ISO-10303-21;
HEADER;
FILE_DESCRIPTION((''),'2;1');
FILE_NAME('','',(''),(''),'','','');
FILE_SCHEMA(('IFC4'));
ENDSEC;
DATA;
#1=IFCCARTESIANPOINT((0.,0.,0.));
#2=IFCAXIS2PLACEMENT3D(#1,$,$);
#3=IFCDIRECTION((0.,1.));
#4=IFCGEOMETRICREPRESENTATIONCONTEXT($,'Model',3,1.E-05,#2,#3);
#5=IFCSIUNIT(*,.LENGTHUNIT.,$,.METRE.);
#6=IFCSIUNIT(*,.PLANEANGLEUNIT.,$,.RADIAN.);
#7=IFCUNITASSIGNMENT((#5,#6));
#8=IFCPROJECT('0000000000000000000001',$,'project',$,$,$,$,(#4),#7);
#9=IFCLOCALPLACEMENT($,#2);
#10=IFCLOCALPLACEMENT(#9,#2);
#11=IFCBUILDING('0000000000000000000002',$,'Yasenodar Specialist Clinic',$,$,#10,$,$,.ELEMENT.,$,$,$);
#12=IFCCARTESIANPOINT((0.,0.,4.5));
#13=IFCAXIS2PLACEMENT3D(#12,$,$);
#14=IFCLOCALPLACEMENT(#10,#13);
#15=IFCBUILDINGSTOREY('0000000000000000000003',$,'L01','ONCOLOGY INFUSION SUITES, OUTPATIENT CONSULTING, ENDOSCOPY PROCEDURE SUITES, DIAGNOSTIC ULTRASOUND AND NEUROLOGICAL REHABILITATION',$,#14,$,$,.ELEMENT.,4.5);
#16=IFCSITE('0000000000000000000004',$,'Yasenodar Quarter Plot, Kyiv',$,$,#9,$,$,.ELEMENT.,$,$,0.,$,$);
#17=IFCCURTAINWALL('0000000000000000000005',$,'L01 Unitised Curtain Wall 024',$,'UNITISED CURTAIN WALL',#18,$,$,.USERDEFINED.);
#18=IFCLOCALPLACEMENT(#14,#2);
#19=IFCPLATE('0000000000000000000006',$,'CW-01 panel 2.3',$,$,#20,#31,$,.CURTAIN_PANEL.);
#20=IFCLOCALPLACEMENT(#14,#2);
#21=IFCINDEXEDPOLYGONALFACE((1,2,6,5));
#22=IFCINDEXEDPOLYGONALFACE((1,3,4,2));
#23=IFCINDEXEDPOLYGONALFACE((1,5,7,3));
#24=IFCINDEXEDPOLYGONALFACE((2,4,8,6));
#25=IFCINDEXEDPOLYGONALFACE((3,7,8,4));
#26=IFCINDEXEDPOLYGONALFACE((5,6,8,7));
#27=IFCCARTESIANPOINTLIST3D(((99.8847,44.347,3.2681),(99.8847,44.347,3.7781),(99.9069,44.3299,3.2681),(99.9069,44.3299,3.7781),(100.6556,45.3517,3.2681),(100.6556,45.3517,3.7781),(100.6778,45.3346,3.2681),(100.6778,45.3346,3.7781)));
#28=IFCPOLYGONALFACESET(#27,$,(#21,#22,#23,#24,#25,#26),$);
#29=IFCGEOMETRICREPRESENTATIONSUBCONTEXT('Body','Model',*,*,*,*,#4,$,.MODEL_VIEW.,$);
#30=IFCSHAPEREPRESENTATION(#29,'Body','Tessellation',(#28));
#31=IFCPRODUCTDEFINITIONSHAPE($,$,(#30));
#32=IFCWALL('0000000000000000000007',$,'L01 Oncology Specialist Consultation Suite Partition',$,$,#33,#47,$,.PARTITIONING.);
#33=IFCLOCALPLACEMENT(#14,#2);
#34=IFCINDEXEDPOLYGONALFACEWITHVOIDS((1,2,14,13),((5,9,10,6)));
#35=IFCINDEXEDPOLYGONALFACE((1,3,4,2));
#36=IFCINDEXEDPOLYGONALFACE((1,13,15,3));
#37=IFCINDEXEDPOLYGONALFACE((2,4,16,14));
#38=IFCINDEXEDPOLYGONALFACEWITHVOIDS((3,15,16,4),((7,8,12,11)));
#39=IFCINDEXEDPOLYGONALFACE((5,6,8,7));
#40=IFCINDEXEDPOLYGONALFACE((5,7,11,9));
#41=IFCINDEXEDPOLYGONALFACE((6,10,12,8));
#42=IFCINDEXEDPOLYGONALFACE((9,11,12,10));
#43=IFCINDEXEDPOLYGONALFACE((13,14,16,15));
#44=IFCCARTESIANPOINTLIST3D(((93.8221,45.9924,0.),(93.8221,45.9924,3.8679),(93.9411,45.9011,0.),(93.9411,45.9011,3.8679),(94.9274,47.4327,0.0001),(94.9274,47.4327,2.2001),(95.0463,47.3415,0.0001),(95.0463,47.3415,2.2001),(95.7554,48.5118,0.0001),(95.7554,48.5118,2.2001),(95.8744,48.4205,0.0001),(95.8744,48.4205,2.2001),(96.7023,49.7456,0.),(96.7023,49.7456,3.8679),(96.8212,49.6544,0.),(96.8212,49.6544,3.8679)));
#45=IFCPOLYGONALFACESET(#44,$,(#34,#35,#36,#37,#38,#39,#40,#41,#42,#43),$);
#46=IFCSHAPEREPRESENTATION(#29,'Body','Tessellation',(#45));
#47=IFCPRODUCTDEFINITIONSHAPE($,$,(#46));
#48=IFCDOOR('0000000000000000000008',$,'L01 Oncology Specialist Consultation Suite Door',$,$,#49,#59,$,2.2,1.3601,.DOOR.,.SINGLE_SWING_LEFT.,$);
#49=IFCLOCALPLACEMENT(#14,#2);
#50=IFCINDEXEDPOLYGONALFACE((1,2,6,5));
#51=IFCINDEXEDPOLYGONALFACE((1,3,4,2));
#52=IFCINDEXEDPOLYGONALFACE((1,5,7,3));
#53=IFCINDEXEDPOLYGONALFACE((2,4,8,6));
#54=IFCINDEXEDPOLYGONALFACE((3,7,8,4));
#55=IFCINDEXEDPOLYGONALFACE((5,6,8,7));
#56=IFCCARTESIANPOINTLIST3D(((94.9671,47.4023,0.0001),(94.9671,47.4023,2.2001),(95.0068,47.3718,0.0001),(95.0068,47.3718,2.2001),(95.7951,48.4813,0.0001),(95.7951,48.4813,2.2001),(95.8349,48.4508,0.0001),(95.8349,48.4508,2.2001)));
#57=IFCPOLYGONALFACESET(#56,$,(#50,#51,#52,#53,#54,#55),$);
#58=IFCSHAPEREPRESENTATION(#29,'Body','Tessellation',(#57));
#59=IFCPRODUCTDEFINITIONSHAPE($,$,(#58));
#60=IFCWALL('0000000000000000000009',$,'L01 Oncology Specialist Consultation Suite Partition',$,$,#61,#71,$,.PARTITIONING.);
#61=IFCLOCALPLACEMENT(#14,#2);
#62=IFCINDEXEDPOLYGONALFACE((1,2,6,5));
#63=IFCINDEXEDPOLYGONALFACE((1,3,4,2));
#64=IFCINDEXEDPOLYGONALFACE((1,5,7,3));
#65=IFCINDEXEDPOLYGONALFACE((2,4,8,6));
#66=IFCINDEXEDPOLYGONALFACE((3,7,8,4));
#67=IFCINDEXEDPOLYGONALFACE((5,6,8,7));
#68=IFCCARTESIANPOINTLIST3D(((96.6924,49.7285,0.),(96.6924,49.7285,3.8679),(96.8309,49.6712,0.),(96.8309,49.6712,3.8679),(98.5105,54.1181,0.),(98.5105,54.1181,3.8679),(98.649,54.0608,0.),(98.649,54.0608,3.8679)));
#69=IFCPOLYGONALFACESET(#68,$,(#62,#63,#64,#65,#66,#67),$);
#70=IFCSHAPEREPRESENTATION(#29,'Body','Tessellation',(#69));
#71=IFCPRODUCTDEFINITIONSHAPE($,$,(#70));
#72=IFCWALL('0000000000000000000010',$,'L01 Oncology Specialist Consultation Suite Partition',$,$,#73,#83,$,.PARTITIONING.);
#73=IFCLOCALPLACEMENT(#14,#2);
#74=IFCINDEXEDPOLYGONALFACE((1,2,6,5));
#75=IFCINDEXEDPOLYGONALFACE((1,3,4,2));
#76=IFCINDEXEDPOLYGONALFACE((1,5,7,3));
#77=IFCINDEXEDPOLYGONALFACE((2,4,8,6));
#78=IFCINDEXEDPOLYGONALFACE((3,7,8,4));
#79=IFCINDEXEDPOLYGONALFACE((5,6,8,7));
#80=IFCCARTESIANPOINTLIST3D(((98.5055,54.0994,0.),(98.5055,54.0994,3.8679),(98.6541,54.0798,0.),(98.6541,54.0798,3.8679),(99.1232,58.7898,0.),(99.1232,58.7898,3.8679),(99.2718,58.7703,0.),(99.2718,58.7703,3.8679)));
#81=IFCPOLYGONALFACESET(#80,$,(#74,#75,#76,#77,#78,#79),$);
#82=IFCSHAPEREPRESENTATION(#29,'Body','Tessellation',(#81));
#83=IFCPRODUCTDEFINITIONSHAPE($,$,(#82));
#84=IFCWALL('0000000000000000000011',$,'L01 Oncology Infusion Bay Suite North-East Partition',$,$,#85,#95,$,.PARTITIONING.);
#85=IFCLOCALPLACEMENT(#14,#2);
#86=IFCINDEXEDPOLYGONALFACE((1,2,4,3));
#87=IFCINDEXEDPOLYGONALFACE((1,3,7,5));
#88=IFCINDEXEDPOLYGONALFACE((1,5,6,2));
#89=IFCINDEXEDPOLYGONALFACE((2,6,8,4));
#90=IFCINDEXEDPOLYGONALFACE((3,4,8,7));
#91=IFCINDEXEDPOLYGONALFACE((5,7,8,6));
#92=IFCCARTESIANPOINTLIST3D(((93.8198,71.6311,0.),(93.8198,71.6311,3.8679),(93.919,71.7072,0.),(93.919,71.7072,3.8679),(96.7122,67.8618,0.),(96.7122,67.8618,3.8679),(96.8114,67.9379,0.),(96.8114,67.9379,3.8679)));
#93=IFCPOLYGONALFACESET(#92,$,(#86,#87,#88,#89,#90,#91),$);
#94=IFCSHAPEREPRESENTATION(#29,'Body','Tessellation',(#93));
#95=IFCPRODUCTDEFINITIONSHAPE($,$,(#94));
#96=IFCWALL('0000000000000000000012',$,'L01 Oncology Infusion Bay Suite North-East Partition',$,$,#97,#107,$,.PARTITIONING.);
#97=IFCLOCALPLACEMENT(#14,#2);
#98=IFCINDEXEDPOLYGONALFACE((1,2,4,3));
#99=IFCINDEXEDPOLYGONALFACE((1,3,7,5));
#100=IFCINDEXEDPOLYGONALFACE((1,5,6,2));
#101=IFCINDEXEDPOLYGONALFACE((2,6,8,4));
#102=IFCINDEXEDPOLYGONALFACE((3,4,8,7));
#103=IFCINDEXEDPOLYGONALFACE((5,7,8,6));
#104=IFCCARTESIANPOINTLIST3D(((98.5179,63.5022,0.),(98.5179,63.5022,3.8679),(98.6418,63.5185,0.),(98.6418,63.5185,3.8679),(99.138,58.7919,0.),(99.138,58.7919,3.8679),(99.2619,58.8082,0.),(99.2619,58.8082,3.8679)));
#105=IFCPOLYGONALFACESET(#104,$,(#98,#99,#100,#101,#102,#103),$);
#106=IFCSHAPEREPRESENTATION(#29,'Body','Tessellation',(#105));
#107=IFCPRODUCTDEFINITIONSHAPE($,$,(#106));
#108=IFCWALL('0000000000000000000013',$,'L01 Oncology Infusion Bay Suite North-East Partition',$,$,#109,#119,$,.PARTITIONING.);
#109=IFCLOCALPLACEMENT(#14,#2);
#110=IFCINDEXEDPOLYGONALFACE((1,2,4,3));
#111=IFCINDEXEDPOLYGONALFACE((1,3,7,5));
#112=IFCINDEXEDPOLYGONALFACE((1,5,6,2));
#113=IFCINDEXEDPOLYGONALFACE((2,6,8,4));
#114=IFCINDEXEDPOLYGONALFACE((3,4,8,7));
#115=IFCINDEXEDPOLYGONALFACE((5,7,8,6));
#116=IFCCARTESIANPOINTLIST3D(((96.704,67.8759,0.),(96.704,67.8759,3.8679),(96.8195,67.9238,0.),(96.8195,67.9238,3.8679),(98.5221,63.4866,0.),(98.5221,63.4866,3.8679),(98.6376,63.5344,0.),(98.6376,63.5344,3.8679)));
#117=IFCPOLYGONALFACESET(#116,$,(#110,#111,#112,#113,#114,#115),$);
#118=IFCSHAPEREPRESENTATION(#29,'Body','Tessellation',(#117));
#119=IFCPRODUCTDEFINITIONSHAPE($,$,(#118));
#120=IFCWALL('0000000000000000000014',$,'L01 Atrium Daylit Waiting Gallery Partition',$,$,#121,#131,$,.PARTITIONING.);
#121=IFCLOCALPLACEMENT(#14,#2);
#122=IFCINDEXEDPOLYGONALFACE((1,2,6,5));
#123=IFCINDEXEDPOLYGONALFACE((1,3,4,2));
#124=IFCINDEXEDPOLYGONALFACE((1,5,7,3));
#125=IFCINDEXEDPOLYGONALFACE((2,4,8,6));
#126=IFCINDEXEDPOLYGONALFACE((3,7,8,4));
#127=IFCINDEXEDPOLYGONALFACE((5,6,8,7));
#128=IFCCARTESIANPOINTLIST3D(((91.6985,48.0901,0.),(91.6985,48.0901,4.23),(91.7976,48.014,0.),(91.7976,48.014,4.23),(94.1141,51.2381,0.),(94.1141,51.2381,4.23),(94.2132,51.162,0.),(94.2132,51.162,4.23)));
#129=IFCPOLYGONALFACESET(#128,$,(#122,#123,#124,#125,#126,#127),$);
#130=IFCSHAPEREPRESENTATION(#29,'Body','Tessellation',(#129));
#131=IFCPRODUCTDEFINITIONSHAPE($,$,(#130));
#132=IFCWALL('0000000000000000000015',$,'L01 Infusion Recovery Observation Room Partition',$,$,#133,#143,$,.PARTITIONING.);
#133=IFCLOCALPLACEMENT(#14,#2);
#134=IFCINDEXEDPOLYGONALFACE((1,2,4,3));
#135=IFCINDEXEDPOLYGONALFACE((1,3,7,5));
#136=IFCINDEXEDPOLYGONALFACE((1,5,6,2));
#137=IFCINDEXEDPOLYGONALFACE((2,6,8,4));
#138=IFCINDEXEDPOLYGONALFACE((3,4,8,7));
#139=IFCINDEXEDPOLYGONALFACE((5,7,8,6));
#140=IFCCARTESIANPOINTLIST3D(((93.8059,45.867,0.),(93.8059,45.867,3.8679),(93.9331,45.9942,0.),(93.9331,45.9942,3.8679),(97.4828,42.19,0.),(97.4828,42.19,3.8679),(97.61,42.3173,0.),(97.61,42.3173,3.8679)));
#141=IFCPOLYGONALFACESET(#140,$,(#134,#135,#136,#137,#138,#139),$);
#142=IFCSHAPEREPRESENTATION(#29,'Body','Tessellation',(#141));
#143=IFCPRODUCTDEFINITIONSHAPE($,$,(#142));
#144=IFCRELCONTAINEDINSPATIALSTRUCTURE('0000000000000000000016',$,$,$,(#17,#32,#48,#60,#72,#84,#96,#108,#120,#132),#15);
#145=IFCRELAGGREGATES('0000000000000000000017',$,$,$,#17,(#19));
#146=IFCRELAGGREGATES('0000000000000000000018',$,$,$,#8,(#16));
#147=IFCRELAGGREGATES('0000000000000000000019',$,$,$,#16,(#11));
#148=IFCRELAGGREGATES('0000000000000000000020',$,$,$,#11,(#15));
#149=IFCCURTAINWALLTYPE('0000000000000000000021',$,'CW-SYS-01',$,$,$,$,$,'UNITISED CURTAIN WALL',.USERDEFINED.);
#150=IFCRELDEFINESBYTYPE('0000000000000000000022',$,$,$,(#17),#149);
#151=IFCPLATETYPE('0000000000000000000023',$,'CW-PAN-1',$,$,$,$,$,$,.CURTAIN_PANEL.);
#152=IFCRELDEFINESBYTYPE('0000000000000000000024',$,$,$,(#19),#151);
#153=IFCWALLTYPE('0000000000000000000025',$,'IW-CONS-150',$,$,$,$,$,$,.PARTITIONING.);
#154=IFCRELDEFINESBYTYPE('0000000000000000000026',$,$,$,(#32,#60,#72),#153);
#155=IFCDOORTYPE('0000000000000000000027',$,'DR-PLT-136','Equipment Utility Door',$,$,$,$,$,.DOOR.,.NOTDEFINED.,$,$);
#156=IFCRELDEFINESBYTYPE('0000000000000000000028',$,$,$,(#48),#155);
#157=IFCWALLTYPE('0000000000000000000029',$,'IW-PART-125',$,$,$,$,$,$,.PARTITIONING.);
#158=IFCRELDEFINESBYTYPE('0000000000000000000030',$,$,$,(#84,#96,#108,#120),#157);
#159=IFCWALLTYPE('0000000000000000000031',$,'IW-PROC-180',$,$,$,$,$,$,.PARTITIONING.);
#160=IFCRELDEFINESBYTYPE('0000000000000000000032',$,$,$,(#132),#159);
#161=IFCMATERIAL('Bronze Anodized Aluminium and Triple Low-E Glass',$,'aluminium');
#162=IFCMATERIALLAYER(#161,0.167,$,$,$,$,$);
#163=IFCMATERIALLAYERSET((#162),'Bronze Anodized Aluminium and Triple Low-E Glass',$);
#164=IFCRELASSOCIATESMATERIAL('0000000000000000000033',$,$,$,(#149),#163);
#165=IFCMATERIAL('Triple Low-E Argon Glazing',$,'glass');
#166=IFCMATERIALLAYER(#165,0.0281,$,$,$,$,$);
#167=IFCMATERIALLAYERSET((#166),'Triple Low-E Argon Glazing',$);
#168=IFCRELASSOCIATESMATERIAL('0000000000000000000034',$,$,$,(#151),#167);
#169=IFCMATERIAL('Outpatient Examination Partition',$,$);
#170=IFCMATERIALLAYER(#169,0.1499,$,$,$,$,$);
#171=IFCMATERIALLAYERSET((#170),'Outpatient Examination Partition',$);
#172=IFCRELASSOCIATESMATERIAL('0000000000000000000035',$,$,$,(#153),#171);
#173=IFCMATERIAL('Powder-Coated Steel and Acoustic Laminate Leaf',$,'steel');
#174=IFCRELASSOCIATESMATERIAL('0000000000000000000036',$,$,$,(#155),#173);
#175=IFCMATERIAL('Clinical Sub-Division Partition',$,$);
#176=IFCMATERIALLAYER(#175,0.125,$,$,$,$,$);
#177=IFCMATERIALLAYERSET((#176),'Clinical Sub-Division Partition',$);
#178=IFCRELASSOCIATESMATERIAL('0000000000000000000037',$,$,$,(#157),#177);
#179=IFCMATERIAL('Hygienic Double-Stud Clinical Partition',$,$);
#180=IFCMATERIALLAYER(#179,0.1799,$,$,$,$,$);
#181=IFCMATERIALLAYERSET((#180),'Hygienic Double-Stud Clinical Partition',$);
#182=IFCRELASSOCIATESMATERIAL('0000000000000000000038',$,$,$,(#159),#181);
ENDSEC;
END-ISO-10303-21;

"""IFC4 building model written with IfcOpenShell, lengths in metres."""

from ifc_helpers import new_model, si_unit, direction, frame, frame_2d, origin, origin_2d, place, context, subcontext, project, spatial, rectangle, extrude, material, layer, layer_set, type_object, element, fill, aggregate, save


model = new_model("IFC4")

# Units and contexts
model_context = context("Model", 3, precision=1e-05, world=origin(), true_north=direction((0.0, 1.0)))
body_context = subcontext(model_context, "Body", "Model", "MODEL_VIEW")
ifc_project = project(units=[si_unit("LENGTHUNIT", "METRE"), si_unit("PLANEANGLEUNIT", "RADIAN")], contexts=[model_context])

# Site, building, storey
site_placement = place(None, origin())
site = spatial("IfcSite", under=ifc_project, at=site_placement, Name="Yasenodar Quarter Plot, Kyiv", CompositionType="ELEMENT", RefElevation=0.0)
building_placement = place(site_placement, origin())
building = spatial("IfcBuilding", under=site, at=building_placement, Name="Yasenodar Specialist Clinic", CompositionType="ELEMENT")
storey_placement = place(building_placement, frame((0.0, 0.0, 4.5)))
storey = spatial("IfcBuildingStorey", under=building, at=storey_placement, Name="L01", Description="ONCOLOGY INFUSION SUITES, OUTPATIENT CONSULTING, ENDOSCOPY PROCEDURE SUITES, DIAGNOSTIC ULTRASOUND AND NEUROLOGICAL REHABILITATION", CompositionType="ELEMENT", Elevation=4.5)

# Curtain wall, plate
ifc_material_1 = material(Name="Bronze Anodized Aluminium and Triple Low-E Glass", Category="aluminium")
ifc_layer_1 = layer(ifc_material_1, 0.167)
ifc_layer_set_1 = layer_set([ifc_layer_1], Name="Bronze Anodized Aluminium and Triple Low-E Glass")
curtain_wall_type = type_object("IfcCurtainWallType", Name="CW-SYS-01", ElementType="UNITISED CURTAIN WALL", PredefinedType="USERDEFINED", material=ifc_layer_set_1)
curtain_wall_placement = place(storey_placement, origin())
curtain_wall = element("IfcCurtainWall", 1, at=curtain_wall_placement, inside=storey, type_object=curtain_wall_type, Name="L01 Unitised Curtain Wall 024", ObjectType="UNITISED CURTAIN WALL", PredefinedType="USERDEFINED")
ifc_material_2 = material(Name="Triple Low-E Argon Glazing", Category="glass")
ifc_layer_2 = layer(ifc_material_2, 0.0281)
ifc_layer_set_2 = layer_set([ifc_layer_2], Name="Triple Low-E Argon Glazing")
plate_type = type_object("IfcPlateType", Name="CW-PAN-1", PredefinedType="CURTAIN_PANEL", material=ifc_layer_set_2)
plate_placement = place(storey_placement, frame((100.2812, 44.8408, 3.2681), z_axis=(0.0, 0.0, 1.0), x_axis=(-0.608752, -0.793361, 0.0)))
plate = element("IfcPlate", 2, at=plate_placement, type_object=plate_type, Name="CW-01 panel 2.3", PredefinedType="CURTAIN_PANEL", context=body_context, shape_type="SweptSolid", body=[
    extrude(rectangle(XDim=1.2664, YDim=0.0281, at=origin_2d()), origin(), (0.0, 0.0, 1.0), 0.51),
])
aggregate(curtain_wall, [plate])

# Wall, opening, door
ifc_material_3 = material(Name="Outpatient Examination Partition")
ifc_layer_3 = layer(ifc_material_3, 0.1499)
ifc_layer_set_3 = layer_set([ifc_layer_3], Name="Outpatient Examination Partition")
wall_type_1 = type_object("IfcWallType", Name="IW-CONS-150", PredefinedType="PARTITIONING", material=ifc_layer_set_3)
wall_1_placement = place(storey_placement, frame((93.8816, 45.9468, 0.0), z_axis=(0.0, 0.0, 1.0), x_axis=(0.60879, 0.793331, 0.0)))
wall_1 = element("IfcWall", 3, at=wall_1_placement, inside=storey, type_object=wall_type_1, Name="L01 Oncology Specialist Consultation Suite Partition", PredefinedType="PARTITIONING", context=body_context, shape_type="SweptSolid", body=[
    extrude(rectangle(XDim=4.731, YDim=0.1499, at=frame_2d((2.3655, 0.0))), origin(), (0.0, 0.0, 1.0), 3.8679),
])
opening_placement = place(wall_1_placement, frame((1.8154, 0.0, 0.0)))
opening = element("IfcOpeningElement", 4, at=opening_placement, cuts=wall_1, PredefinedType="OPENING", context=body_context, shape_type="SweptSolid", body=[
    extrude(rectangle(XDim=1.3601, YDim=2.2, at=frame_2d((0.6802, 1.1001))), frame((0.0, 0.085, 0.0), z_axis=(0.0, -1.0, 0.0), x_axis=(1.0, 0.0, 0.0)), (0.0, 0.0, 1.0), 0.1699),
])
ifc_material_4 = material(Name="Powder-Coated Steel and Acoustic Laminate Leaf", Category="steel")
door_type = type_object("IfcDoorType", Name="DR-PLT-136", Description="Equipment Utility Door", OperationType="NOTDEFINED", PredefinedType="DOOR", material=ifc_material_4)
door_placement = place(opening_placement, origin())
door = element("IfcDoor", 5, at=door_placement, inside=storey, type_object=door_type, Name="L01 Oncology Specialist Consultation Suite Door", OperationType="SINGLE_SWING_LEFT", OverallHeight=2.2, OverallWidth=1.3601, PredefinedType="DOOR", context=body_context, shape_type="SweptSolid", body=[
    extrude(rectangle(XDim=1.3601, YDim=2.2, at=frame_2d((0.6802, 1.1001))), frame((0.0, 0.0249, 0.0), z_axis=(0.0, -1.0, 0.0), x_axis=(1.0, 0.0, 0.0)), (0.0, 0.0, 1.0), 0.05),
])
fill(opening, door)

# Walls
wall_2_placement = place(storey_placement, frame((96.7617, 49.7, 0.0), z_axis=(0.0, 0.0, 1.0), x_axis=(0.382659, 0.92389, 0.0)))
element("IfcWall", 6, at=wall_2_placement, inside=storey, type_object=wall_type_1, Name="L01 Oncology Specialist Consultation Suite Partition", PredefinedType="PARTITIONING", context=body_context, shape_type="SweptSolid", body=[
    extrude(rectangle(XDim=4.7512, YDim=0.1499, at=frame_2d((2.3755, 0.0))), origin(), (0.0, 0.0, 1.0), 3.8679),
])
wall_3_placement = place(storey_placement, frame((98.5798, 54.0896, 0.0), z_axis=(0.0, 0.0, 1.0), x_axis=(0.130561, 0.99144, 0.0)))
element("IfcWall", 7, at=wall_3_placement, inside=storey, type_object=wall_type_1, Name="L01 Oncology Specialist Consultation Suite Partition", PredefinedType="PARTITIONING", context=body_context, shape_type="SweptSolid", body=[
    extrude(rectangle(XDim=4.731, YDim=0.1499, at=frame_2d((2.3655, 0.0))), origin(), (0.0, 0.0, 1.0), 3.8679),
])
ifc_material_5 = material(Name="Clinical Sub-Division Partition")
ifc_layer_4 = layer(ifc_material_5, 0.125)
ifc_layer_set_4 = layer_set([ifc_layer_4], Name="Clinical Sub-Division Partition")
wall_type_2 = type_object("IfcWallType", Name="IW-PART-125", PredefinedType="PARTITIONING", material=ifc_layer_set_4)
wall_4_placement = place(storey_placement, frame((96.7617, 67.8999, 0.0), z_axis=(0.0, 0.0, 1.0), x_axis=(-0.608769, 0.793347, 0.0)))
element("IfcWall", 8, at=wall_4_placement, inside=storey, type_object=wall_type_2, Name="L01 Oncology Infusion Bay Suite North-East Partition", PredefinedType="PARTITIONING", context=body_context, shape_type="SweptSolid", body=[
    extrude(rectangle(XDim=4.7512, YDim=0.125, at=frame_2d((2.3755, 0.0))), origin(), (0.0, 0.0, 1.0), 3.8679),
])
for number, where, z_axis, x_axis, name in (
    (9, (99.2, 58.8, 0.0), (0.0, 0.0, 1.0), (-0.130521, 0.991446, 0.0), "L01 Oncology Infusion Bay Suite North-East Partition"),
    (10, (98.5798, 63.5105, 0.0), (0.0, 0.0, 1.0), (-0.382677, 0.923882, 0.0), "L01 Oncology Infusion Bay Suite North-East Partition"),
):
    element("IfcWall", number, at=place(storey_placement, frame(where, z_axis=z_axis, x_axis=x_axis)), inside=storey, type_object=wall_type_2, Name=name, PredefinedType="PARTITIONING", context=body_context, shape_type="SweptSolid", body=[
        extrude(rectangle(XDim=4.751, YDim=0.125, at=frame_2d((2.3755, 0.0))), origin(), (0.0, 0.0, 1.0), 3.8679),
    ])
wall_5_placement = place(storey_placement, frame((94.1636, 51.2, 0.0), z_axis=(0.0, 0.0, 1.0), x_axis=(-0.608765, -0.793351, 0.0)))
element("IfcWall", 11, at=wall_5_placement, inside=storey, type_object=wall_type_2, Name="L01 Atrium Daylit Waiting Gallery Partition", PredefinedType="PARTITIONING", context=body_context, shape_type="SweptSolid", body=[
    extrude(rectangle(XDim=3.968, YDim=0.125, at=frame_2d((1.9839, 0.0))), origin(), (0.0, 0.0, 1.0), 4.23),
])
ifc_material_6 = material(Name="Hygienic Double-Stud Clinical Partition")
ifc_layer_5 = layer(ifc_material_6, 0.1799)
ifc_layer_set_5 = layer_set([ifc_layer_5], Name="Hygienic Double-Stud Clinical Partition")
wall_type_3 = type_object("IfcWallType", Name="IW-PROC-180", PredefinedType="PARTITIONING", material=ifc_layer_set_5)
wall_6_placement = place(storey_placement, frame((93.8694, 45.9307, 0.0), z_axis=(0.0, 0.0, 1.0), x_axis=(0.707107, -0.707107, 0.0)))
element("IfcWall", 12, at=wall_6_placement, inside=storey, type_object=wall_type_3, Name="L01 Infusion Recovery Observation Room Partition", PredefinedType="PARTITIONING", context=body_context, shape_type="SweptSolid", body=[
    extrude(rectangle(XDim=5.2, YDim=0.1799, at=frame_2d((2.6001, 0.0))), origin(), (0.0, 0.0, 1.0), 3.8679),
])

save(model, "model.ifc")
